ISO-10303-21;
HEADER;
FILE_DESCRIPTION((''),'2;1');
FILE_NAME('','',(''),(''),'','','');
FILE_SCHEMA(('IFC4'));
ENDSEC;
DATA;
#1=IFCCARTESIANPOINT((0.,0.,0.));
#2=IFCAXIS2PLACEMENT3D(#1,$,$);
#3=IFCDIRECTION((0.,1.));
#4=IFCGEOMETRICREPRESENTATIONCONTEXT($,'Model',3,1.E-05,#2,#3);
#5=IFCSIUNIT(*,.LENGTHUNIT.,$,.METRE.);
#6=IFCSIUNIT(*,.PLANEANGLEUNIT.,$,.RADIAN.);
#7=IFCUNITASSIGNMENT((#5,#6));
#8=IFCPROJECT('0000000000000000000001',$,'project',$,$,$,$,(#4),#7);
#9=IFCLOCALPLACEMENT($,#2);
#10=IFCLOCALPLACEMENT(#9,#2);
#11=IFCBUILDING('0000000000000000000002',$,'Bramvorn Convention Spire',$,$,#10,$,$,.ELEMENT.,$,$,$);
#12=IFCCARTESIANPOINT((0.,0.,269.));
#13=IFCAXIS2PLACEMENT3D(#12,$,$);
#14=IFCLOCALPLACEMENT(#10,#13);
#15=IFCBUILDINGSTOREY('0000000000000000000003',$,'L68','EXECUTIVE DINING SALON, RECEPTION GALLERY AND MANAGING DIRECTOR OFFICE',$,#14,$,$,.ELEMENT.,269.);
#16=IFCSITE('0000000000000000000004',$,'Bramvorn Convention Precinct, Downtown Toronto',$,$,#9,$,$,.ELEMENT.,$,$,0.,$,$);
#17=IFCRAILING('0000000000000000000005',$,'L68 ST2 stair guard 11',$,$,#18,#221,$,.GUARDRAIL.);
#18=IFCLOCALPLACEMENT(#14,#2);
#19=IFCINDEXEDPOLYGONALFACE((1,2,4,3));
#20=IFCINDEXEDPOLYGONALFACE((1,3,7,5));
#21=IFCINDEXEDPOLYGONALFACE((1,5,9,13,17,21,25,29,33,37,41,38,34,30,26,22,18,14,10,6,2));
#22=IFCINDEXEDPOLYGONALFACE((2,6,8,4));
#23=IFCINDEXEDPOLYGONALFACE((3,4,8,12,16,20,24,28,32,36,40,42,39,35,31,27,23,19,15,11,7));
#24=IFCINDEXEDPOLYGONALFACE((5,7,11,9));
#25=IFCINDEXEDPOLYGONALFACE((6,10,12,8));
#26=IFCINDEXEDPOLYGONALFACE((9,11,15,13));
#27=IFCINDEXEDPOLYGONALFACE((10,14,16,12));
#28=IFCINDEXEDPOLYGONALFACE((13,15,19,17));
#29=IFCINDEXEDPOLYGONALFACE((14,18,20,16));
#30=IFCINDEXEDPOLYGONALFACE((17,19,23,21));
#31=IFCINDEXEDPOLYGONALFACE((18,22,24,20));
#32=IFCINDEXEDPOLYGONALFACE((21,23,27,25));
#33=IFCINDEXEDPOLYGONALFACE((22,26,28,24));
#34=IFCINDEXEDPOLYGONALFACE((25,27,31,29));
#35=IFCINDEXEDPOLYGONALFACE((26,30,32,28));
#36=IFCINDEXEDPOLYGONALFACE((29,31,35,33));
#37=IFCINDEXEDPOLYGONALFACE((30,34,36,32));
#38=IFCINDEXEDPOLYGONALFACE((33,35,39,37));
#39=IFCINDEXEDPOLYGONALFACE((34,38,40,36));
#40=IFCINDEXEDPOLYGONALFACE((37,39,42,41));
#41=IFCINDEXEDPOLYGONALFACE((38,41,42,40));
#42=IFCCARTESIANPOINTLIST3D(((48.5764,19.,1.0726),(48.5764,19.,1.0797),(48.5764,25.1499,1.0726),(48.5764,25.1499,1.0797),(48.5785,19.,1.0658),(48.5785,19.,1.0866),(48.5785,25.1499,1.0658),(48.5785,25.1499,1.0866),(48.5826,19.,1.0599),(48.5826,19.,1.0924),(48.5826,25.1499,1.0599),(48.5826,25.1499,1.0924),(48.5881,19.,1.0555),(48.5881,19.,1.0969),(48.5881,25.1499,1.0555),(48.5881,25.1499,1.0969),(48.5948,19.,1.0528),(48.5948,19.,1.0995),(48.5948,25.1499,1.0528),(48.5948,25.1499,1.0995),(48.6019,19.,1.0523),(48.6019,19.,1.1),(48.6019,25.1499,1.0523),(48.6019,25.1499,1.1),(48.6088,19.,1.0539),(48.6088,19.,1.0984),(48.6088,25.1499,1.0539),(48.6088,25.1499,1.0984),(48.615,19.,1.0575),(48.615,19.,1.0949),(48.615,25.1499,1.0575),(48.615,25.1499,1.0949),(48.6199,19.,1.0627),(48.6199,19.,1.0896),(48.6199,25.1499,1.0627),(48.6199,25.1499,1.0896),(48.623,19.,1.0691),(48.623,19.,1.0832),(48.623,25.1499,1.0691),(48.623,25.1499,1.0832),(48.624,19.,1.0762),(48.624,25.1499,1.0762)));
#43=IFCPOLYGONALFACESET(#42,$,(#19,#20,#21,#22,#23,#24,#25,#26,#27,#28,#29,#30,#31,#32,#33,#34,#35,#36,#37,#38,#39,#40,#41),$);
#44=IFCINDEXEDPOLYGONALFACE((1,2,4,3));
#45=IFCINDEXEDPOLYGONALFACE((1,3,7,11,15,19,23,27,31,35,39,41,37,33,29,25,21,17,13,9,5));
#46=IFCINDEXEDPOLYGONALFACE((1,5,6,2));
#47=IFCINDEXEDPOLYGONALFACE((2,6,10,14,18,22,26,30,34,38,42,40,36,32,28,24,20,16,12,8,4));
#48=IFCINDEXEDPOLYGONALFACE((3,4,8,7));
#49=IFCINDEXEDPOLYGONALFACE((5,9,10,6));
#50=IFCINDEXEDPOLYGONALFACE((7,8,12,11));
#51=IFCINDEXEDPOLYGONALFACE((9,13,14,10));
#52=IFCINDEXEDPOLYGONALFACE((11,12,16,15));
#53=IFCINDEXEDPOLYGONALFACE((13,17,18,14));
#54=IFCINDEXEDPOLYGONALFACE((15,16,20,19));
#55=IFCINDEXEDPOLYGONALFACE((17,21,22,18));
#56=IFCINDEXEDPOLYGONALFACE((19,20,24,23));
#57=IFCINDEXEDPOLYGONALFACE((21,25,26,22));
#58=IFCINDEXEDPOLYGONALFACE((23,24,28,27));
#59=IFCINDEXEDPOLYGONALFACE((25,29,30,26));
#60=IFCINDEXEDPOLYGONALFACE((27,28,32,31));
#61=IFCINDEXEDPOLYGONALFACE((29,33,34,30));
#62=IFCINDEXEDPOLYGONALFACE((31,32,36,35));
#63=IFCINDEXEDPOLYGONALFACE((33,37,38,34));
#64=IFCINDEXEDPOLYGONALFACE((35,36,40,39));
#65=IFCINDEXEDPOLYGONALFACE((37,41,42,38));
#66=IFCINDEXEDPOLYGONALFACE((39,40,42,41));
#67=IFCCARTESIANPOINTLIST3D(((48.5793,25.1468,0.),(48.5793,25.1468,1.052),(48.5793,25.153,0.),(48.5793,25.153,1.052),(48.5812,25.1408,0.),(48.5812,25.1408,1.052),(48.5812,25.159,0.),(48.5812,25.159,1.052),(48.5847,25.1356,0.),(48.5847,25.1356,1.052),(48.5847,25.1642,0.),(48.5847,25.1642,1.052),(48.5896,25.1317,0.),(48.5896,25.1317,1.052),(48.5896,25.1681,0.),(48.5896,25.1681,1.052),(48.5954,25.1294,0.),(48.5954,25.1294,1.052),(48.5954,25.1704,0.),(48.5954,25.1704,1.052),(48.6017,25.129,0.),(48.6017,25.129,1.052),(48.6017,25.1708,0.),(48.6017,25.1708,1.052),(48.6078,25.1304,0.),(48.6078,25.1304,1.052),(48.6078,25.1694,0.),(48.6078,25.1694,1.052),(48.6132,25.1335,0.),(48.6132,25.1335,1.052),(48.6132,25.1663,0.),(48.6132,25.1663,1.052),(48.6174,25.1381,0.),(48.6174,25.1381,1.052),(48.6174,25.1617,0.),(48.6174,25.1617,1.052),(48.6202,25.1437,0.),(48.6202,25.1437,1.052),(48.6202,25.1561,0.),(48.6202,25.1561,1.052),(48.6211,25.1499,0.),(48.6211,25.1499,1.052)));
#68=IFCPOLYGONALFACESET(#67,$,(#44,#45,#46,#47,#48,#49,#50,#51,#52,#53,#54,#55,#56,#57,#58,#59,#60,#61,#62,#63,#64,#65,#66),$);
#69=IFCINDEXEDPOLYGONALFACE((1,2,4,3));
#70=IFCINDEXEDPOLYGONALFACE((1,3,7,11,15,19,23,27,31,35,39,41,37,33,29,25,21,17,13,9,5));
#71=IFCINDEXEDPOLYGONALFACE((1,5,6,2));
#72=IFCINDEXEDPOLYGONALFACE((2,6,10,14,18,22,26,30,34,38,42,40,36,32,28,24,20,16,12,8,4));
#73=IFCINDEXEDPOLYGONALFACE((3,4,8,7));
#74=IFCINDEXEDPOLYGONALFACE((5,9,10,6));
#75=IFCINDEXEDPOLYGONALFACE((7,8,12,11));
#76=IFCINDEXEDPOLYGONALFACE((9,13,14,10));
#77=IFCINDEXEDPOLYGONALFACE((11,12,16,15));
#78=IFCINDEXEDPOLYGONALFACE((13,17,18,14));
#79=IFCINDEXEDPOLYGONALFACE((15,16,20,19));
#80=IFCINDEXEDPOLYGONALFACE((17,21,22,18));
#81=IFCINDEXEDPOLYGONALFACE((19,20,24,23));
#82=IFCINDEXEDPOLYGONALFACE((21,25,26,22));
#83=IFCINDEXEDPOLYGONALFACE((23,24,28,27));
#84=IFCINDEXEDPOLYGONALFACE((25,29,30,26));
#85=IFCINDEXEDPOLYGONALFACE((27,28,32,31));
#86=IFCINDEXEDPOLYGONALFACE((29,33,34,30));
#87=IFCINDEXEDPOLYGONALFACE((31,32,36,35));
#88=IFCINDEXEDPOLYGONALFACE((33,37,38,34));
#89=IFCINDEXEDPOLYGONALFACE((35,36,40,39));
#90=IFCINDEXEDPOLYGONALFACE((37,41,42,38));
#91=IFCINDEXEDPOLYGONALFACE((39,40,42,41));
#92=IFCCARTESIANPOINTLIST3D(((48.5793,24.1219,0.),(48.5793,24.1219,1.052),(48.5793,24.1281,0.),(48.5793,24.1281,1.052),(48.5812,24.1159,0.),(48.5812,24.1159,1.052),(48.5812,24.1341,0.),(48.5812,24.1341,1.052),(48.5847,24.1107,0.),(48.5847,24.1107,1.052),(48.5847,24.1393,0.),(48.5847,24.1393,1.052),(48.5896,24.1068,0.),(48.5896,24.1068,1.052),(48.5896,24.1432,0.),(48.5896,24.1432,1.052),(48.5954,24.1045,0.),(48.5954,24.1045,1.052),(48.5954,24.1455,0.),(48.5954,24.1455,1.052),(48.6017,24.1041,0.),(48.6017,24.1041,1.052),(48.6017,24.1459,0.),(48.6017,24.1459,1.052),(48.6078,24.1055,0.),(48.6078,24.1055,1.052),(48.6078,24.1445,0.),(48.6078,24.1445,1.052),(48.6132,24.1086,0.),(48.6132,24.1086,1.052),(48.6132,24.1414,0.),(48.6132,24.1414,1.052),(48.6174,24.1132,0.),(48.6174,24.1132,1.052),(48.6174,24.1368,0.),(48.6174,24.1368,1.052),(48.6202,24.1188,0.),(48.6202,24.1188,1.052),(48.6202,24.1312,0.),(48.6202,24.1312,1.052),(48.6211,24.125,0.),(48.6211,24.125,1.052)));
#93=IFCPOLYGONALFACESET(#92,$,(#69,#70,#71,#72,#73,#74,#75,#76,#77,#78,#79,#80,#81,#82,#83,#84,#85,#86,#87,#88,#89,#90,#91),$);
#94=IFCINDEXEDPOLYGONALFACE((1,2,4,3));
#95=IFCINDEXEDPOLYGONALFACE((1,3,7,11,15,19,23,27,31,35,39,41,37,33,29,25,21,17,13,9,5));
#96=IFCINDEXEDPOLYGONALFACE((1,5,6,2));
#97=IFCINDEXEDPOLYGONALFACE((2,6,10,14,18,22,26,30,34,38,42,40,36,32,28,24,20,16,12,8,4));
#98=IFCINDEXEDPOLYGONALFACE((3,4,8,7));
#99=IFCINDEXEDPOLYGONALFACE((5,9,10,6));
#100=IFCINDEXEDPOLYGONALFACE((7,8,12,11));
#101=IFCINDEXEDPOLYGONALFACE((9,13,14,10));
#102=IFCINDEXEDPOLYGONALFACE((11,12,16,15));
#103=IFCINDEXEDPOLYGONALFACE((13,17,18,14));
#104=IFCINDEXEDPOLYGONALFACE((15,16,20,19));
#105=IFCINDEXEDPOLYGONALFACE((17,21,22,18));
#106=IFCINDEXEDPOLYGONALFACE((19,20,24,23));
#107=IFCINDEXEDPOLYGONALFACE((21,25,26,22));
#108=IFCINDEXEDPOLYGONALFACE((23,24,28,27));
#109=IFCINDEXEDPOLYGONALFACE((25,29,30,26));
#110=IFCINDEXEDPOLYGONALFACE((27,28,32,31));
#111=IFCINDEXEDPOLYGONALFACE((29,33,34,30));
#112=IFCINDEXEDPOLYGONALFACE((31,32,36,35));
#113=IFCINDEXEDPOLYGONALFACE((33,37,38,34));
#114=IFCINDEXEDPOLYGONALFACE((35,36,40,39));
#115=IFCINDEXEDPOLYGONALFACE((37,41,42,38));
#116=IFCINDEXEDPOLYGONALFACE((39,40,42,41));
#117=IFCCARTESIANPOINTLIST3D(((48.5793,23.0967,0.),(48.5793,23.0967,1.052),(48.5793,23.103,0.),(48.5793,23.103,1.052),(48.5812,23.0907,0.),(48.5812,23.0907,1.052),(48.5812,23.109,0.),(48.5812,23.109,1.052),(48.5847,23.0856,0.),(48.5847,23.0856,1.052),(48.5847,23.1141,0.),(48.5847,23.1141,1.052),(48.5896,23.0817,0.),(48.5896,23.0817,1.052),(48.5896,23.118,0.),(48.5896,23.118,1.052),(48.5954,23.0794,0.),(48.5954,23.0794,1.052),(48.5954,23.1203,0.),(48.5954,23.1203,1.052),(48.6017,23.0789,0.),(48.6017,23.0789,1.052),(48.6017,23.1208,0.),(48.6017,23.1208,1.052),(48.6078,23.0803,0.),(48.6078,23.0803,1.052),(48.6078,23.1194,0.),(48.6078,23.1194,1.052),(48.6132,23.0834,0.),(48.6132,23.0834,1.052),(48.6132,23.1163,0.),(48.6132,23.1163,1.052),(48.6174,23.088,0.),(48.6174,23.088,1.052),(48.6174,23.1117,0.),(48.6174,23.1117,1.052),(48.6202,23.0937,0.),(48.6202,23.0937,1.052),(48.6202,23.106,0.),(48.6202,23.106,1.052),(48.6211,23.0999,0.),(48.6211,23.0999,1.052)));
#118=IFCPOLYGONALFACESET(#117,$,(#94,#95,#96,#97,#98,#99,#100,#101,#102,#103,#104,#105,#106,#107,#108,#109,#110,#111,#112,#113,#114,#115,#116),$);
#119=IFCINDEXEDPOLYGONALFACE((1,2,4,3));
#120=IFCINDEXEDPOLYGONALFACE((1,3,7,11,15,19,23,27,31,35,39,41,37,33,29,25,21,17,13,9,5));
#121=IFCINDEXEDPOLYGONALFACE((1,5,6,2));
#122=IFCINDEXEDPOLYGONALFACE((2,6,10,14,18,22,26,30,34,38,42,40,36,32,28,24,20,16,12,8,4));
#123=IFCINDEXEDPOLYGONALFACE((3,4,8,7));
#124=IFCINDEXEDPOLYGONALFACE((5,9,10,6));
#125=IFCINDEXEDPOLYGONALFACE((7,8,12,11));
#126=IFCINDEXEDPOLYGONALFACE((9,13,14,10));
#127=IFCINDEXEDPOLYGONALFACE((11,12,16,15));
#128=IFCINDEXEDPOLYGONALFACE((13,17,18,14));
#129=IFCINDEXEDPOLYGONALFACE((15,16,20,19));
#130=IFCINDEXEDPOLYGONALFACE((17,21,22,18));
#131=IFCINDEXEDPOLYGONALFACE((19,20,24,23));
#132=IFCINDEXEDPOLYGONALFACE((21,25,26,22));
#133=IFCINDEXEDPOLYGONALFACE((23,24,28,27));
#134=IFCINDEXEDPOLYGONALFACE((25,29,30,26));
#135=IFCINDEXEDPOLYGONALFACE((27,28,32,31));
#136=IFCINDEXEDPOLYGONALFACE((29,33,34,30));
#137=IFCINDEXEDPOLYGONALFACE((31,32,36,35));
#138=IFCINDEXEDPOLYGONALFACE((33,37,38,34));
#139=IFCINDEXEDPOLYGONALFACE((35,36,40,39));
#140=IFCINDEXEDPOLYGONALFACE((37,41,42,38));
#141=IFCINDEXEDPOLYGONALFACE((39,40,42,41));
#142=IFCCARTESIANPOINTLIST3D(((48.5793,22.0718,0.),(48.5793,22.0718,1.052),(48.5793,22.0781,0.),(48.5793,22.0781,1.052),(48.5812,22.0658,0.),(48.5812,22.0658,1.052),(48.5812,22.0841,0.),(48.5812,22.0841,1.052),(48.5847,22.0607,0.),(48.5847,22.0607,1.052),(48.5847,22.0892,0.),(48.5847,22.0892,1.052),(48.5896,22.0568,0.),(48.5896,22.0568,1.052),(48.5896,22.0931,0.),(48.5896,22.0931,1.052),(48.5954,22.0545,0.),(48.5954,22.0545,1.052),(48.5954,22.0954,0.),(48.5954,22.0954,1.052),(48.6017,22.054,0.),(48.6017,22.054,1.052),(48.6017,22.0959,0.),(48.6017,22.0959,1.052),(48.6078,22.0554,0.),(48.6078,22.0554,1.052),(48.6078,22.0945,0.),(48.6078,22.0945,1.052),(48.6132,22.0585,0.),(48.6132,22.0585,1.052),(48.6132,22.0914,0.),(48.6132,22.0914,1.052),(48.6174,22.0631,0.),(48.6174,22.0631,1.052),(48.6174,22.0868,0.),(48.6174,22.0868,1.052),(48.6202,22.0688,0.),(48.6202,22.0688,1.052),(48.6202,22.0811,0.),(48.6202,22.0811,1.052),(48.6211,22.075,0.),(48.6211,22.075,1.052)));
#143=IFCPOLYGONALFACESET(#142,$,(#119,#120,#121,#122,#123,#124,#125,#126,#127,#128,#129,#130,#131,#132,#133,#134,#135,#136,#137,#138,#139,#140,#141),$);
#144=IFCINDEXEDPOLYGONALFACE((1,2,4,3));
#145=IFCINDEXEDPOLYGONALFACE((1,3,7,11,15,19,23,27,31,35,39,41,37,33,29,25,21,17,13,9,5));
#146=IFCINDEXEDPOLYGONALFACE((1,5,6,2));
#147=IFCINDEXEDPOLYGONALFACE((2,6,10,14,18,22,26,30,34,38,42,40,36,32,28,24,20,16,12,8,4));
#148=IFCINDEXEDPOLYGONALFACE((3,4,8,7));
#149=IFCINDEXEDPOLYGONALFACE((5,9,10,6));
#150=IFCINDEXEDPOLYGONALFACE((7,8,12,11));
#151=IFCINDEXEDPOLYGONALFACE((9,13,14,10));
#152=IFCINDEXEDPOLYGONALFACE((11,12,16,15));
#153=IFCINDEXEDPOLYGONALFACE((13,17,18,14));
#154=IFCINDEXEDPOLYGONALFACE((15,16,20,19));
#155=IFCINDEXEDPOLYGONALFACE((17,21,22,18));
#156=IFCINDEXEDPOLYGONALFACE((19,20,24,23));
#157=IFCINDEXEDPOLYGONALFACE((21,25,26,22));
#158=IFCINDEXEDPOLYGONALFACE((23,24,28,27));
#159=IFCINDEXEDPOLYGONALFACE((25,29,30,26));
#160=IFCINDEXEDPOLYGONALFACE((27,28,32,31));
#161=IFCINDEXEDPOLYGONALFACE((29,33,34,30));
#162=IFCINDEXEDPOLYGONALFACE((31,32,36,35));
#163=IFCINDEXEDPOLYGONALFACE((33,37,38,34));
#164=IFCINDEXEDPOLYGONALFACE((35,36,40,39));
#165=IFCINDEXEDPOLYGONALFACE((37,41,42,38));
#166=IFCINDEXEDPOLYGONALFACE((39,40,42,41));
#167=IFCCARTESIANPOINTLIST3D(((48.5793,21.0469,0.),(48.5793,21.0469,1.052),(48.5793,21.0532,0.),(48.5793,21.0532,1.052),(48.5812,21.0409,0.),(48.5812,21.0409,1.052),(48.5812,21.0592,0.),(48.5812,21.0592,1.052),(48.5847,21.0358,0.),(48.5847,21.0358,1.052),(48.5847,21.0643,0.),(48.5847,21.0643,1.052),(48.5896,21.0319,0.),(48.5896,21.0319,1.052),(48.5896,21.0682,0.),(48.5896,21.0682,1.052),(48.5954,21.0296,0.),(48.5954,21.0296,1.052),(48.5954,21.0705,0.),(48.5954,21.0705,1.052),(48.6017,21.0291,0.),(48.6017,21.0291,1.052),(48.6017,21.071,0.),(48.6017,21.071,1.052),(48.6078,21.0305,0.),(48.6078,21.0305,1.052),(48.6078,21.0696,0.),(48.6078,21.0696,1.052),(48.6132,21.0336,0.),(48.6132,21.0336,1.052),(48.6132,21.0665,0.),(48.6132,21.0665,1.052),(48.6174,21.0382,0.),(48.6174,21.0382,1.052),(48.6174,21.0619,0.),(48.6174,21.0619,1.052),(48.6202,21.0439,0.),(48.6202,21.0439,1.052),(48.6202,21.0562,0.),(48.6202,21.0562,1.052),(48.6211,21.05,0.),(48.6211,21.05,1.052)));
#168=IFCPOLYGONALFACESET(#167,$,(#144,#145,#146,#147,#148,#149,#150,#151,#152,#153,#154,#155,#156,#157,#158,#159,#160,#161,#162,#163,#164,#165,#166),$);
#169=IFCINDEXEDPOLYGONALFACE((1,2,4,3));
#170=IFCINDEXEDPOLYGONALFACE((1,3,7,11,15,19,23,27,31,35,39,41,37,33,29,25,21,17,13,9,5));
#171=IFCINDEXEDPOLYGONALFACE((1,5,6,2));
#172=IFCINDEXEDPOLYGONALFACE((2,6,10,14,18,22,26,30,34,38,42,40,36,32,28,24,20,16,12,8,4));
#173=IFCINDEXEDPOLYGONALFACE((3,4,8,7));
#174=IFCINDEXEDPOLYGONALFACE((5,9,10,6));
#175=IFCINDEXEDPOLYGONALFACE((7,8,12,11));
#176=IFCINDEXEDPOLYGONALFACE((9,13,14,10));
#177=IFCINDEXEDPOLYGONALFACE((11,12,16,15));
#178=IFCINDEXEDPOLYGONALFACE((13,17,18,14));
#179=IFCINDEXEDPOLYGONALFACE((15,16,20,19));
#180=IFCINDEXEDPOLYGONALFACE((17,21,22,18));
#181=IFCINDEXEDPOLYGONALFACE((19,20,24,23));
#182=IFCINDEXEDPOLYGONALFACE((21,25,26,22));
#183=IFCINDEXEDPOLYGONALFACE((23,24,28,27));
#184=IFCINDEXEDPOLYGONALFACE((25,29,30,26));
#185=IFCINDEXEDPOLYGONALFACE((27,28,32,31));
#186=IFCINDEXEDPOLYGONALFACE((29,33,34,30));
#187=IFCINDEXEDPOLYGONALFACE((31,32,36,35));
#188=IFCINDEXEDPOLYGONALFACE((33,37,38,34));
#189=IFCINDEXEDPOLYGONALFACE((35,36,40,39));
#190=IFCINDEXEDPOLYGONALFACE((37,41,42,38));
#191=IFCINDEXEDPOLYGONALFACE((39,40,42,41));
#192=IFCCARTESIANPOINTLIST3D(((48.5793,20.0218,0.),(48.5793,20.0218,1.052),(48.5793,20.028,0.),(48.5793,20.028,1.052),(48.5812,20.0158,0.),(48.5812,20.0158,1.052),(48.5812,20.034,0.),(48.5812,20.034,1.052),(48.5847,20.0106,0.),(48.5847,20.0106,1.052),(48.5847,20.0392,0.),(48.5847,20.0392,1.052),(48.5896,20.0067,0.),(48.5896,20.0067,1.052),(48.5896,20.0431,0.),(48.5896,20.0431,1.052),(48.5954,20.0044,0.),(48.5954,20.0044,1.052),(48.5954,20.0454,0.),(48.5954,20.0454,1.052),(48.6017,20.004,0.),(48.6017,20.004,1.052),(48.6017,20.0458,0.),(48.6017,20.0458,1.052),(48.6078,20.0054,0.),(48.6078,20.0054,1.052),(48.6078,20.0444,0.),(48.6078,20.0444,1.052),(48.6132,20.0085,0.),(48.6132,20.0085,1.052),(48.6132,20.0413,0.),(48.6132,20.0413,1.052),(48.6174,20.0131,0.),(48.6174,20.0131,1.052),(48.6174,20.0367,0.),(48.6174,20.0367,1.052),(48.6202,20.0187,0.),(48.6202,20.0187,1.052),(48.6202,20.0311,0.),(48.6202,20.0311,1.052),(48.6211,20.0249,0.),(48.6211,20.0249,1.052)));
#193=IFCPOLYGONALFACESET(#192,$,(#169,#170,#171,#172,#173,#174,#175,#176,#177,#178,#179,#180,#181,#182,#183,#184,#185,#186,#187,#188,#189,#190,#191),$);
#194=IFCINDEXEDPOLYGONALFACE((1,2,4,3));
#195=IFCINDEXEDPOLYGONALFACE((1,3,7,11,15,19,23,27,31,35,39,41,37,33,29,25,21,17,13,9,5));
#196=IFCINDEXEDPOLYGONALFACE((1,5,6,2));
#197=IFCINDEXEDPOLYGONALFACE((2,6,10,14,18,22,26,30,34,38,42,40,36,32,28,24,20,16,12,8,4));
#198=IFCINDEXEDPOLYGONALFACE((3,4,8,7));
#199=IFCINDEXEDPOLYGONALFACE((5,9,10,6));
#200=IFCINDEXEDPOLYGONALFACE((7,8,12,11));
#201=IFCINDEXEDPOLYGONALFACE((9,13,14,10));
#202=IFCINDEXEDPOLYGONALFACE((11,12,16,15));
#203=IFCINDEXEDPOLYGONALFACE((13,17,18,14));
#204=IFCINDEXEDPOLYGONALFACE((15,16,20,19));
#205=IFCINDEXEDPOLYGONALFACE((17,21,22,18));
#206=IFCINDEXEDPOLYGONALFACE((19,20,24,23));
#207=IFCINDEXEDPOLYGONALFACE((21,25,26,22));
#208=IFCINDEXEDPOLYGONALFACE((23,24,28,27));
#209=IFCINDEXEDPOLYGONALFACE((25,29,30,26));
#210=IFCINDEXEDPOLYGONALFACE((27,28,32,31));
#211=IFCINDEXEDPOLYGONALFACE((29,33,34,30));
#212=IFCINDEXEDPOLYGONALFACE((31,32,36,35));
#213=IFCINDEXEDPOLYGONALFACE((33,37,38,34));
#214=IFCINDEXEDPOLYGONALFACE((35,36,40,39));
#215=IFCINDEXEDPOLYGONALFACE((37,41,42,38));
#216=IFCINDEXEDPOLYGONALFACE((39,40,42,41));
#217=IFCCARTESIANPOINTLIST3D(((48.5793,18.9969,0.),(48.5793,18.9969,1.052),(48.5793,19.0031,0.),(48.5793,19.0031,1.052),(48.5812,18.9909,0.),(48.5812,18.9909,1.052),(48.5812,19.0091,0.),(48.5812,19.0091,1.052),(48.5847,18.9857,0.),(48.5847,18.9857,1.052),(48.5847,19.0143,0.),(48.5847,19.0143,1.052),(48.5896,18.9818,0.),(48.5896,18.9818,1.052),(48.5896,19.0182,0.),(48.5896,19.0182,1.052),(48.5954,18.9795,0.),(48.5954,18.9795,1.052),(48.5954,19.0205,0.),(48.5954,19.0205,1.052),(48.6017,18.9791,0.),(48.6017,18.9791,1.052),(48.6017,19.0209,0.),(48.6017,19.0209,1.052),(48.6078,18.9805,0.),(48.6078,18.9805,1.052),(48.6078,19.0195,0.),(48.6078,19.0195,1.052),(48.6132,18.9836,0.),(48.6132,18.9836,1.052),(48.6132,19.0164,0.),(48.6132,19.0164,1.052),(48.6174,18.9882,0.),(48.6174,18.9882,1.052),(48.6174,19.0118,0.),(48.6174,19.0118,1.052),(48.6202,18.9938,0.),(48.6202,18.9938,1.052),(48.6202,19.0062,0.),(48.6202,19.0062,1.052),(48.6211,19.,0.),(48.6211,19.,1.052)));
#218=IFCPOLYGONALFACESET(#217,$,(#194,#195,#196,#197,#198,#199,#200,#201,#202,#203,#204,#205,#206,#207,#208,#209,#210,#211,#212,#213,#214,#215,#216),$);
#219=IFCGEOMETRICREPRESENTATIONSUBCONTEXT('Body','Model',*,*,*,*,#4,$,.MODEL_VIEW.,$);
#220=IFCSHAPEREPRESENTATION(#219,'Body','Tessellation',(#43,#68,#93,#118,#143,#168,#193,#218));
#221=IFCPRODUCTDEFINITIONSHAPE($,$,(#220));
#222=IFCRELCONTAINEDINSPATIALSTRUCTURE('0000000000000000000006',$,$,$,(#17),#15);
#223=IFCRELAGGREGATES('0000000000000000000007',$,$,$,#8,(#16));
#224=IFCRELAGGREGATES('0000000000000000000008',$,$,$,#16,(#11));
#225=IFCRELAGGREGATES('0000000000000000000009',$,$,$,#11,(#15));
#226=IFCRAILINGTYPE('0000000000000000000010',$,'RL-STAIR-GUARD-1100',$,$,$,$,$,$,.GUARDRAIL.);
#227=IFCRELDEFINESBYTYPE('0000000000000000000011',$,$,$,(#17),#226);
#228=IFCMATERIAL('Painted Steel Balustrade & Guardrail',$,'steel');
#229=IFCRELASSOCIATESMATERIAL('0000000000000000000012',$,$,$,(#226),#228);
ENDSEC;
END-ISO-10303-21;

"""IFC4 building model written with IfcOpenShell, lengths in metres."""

from ifc_helpers import new_model, si_unit, direction, frame, origin, origin_2d, place, context, subcontext, project, spatial, circle, extrude, material, type_object, element, save


model = new_model("IFC4")

# Units and contexts
model_context = context("Model", 3, precision=1e-05, world=origin(), true_north=direction((0.0, 1.0)))
body_context = subcontext(model_context, "Body", "Model", "MODEL_VIEW")
ifc_project = project(units=[si_unit("LENGTHUNIT", "METRE"), si_unit("PLANEANGLEUNIT", "RADIAN")], contexts=[model_context])

# Site, building, storey
site_placement = place(None, origin())
site = spatial("IfcSite", under=ifc_project, at=site_placement, Name="Bramvorn Convention Precinct, Downtown Toronto", CompositionType="ELEMENT", RefElevation=0.0)
building_placement = place(site_placement, origin())
building = spatial("IfcBuilding", under=site, at=building_placement, Name="Bramvorn Convention Spire", CompositionType="ELEMENT")
storey_placement = place(building_placement, frame((0.0, 0.0, 269.0)))
storey = spatial("IfcBuildingStorey", under=building, at=storey_placement, Name="L68", Description="EXECUTIVE DINING SALON, RECEPTION GALLERY AND MANAGING DIRECTOR OFFICE", CompositionType="ELEMENT", Elevation=269.0)

# Railing
ifc_material_1 = material(Name="Painted Steel Balustrade & Guardrail", Category="steel")
railing_type = type_object("IfcRailingType", Name="RL-STAIR-GUARD-1100", PredefinedType="GUARDRAIL", material=ifc_material_1)
railing_1_placement = place(storey_placement, frame((48.6001, 25.1499, 0.0)))
element("IfcRailing", 1, at=railing_1_placement, inside=storey, type_object=railing_type, Name="L68 ST2 stair guard 11", PredefinedType="GUARDRAIL", context=body_context, shape_type="SweptSolid", body=[
    extrude(circle(Radius=0.0239, at=origin_2d()), frame((0.0, 0.0, 1.0762), z_axis=(0.0, -1.0, 0.0), x_axis=(1.0, 0.0, 0.0)), (0.0, 0.0, 1.0), 6.1499),
    extrude(circle(Radius=0.021, at=origin_2d()), origin(), (0.0, 0.0, 1.0), 1.052),
    extrude(circle(Radius=0.021, at=origin_2d()), frame((0.0, -1.0249, 0.0)), (0.0, 0.0, 1.0), 1.052),
    extrude(circle(Radius=0.021, at=origin_2d()), frame((0.0, -2.05, 0.0)), (0.0, 0.0, 1.0), 1.052),
    extrude(circle(Radius=0.021, at=origin_2d()), frame((0.0, -3.075, 0.0)), (0.0, 0.0, 1.0), 1.052),
    extrude(circle(Radius=0.021, at=origin_2d()), frame((0.0, -4.0999, 0.0)), (0.0, 0.0, 1.0), 1.052),
    extrude(circle(Radius=0.021, at=origin_2d()), frame((0.0, -5.125, 0.0)), (0.0, 0.0, 1.0), 1.052),
    extrude(circle(Radius=0.021, at=origin_2d()), frame((0.0, -6.1499, 0.0)), (0.0, 0.0, 1.0), 1.052),
])

save(model, "model.ifc")
